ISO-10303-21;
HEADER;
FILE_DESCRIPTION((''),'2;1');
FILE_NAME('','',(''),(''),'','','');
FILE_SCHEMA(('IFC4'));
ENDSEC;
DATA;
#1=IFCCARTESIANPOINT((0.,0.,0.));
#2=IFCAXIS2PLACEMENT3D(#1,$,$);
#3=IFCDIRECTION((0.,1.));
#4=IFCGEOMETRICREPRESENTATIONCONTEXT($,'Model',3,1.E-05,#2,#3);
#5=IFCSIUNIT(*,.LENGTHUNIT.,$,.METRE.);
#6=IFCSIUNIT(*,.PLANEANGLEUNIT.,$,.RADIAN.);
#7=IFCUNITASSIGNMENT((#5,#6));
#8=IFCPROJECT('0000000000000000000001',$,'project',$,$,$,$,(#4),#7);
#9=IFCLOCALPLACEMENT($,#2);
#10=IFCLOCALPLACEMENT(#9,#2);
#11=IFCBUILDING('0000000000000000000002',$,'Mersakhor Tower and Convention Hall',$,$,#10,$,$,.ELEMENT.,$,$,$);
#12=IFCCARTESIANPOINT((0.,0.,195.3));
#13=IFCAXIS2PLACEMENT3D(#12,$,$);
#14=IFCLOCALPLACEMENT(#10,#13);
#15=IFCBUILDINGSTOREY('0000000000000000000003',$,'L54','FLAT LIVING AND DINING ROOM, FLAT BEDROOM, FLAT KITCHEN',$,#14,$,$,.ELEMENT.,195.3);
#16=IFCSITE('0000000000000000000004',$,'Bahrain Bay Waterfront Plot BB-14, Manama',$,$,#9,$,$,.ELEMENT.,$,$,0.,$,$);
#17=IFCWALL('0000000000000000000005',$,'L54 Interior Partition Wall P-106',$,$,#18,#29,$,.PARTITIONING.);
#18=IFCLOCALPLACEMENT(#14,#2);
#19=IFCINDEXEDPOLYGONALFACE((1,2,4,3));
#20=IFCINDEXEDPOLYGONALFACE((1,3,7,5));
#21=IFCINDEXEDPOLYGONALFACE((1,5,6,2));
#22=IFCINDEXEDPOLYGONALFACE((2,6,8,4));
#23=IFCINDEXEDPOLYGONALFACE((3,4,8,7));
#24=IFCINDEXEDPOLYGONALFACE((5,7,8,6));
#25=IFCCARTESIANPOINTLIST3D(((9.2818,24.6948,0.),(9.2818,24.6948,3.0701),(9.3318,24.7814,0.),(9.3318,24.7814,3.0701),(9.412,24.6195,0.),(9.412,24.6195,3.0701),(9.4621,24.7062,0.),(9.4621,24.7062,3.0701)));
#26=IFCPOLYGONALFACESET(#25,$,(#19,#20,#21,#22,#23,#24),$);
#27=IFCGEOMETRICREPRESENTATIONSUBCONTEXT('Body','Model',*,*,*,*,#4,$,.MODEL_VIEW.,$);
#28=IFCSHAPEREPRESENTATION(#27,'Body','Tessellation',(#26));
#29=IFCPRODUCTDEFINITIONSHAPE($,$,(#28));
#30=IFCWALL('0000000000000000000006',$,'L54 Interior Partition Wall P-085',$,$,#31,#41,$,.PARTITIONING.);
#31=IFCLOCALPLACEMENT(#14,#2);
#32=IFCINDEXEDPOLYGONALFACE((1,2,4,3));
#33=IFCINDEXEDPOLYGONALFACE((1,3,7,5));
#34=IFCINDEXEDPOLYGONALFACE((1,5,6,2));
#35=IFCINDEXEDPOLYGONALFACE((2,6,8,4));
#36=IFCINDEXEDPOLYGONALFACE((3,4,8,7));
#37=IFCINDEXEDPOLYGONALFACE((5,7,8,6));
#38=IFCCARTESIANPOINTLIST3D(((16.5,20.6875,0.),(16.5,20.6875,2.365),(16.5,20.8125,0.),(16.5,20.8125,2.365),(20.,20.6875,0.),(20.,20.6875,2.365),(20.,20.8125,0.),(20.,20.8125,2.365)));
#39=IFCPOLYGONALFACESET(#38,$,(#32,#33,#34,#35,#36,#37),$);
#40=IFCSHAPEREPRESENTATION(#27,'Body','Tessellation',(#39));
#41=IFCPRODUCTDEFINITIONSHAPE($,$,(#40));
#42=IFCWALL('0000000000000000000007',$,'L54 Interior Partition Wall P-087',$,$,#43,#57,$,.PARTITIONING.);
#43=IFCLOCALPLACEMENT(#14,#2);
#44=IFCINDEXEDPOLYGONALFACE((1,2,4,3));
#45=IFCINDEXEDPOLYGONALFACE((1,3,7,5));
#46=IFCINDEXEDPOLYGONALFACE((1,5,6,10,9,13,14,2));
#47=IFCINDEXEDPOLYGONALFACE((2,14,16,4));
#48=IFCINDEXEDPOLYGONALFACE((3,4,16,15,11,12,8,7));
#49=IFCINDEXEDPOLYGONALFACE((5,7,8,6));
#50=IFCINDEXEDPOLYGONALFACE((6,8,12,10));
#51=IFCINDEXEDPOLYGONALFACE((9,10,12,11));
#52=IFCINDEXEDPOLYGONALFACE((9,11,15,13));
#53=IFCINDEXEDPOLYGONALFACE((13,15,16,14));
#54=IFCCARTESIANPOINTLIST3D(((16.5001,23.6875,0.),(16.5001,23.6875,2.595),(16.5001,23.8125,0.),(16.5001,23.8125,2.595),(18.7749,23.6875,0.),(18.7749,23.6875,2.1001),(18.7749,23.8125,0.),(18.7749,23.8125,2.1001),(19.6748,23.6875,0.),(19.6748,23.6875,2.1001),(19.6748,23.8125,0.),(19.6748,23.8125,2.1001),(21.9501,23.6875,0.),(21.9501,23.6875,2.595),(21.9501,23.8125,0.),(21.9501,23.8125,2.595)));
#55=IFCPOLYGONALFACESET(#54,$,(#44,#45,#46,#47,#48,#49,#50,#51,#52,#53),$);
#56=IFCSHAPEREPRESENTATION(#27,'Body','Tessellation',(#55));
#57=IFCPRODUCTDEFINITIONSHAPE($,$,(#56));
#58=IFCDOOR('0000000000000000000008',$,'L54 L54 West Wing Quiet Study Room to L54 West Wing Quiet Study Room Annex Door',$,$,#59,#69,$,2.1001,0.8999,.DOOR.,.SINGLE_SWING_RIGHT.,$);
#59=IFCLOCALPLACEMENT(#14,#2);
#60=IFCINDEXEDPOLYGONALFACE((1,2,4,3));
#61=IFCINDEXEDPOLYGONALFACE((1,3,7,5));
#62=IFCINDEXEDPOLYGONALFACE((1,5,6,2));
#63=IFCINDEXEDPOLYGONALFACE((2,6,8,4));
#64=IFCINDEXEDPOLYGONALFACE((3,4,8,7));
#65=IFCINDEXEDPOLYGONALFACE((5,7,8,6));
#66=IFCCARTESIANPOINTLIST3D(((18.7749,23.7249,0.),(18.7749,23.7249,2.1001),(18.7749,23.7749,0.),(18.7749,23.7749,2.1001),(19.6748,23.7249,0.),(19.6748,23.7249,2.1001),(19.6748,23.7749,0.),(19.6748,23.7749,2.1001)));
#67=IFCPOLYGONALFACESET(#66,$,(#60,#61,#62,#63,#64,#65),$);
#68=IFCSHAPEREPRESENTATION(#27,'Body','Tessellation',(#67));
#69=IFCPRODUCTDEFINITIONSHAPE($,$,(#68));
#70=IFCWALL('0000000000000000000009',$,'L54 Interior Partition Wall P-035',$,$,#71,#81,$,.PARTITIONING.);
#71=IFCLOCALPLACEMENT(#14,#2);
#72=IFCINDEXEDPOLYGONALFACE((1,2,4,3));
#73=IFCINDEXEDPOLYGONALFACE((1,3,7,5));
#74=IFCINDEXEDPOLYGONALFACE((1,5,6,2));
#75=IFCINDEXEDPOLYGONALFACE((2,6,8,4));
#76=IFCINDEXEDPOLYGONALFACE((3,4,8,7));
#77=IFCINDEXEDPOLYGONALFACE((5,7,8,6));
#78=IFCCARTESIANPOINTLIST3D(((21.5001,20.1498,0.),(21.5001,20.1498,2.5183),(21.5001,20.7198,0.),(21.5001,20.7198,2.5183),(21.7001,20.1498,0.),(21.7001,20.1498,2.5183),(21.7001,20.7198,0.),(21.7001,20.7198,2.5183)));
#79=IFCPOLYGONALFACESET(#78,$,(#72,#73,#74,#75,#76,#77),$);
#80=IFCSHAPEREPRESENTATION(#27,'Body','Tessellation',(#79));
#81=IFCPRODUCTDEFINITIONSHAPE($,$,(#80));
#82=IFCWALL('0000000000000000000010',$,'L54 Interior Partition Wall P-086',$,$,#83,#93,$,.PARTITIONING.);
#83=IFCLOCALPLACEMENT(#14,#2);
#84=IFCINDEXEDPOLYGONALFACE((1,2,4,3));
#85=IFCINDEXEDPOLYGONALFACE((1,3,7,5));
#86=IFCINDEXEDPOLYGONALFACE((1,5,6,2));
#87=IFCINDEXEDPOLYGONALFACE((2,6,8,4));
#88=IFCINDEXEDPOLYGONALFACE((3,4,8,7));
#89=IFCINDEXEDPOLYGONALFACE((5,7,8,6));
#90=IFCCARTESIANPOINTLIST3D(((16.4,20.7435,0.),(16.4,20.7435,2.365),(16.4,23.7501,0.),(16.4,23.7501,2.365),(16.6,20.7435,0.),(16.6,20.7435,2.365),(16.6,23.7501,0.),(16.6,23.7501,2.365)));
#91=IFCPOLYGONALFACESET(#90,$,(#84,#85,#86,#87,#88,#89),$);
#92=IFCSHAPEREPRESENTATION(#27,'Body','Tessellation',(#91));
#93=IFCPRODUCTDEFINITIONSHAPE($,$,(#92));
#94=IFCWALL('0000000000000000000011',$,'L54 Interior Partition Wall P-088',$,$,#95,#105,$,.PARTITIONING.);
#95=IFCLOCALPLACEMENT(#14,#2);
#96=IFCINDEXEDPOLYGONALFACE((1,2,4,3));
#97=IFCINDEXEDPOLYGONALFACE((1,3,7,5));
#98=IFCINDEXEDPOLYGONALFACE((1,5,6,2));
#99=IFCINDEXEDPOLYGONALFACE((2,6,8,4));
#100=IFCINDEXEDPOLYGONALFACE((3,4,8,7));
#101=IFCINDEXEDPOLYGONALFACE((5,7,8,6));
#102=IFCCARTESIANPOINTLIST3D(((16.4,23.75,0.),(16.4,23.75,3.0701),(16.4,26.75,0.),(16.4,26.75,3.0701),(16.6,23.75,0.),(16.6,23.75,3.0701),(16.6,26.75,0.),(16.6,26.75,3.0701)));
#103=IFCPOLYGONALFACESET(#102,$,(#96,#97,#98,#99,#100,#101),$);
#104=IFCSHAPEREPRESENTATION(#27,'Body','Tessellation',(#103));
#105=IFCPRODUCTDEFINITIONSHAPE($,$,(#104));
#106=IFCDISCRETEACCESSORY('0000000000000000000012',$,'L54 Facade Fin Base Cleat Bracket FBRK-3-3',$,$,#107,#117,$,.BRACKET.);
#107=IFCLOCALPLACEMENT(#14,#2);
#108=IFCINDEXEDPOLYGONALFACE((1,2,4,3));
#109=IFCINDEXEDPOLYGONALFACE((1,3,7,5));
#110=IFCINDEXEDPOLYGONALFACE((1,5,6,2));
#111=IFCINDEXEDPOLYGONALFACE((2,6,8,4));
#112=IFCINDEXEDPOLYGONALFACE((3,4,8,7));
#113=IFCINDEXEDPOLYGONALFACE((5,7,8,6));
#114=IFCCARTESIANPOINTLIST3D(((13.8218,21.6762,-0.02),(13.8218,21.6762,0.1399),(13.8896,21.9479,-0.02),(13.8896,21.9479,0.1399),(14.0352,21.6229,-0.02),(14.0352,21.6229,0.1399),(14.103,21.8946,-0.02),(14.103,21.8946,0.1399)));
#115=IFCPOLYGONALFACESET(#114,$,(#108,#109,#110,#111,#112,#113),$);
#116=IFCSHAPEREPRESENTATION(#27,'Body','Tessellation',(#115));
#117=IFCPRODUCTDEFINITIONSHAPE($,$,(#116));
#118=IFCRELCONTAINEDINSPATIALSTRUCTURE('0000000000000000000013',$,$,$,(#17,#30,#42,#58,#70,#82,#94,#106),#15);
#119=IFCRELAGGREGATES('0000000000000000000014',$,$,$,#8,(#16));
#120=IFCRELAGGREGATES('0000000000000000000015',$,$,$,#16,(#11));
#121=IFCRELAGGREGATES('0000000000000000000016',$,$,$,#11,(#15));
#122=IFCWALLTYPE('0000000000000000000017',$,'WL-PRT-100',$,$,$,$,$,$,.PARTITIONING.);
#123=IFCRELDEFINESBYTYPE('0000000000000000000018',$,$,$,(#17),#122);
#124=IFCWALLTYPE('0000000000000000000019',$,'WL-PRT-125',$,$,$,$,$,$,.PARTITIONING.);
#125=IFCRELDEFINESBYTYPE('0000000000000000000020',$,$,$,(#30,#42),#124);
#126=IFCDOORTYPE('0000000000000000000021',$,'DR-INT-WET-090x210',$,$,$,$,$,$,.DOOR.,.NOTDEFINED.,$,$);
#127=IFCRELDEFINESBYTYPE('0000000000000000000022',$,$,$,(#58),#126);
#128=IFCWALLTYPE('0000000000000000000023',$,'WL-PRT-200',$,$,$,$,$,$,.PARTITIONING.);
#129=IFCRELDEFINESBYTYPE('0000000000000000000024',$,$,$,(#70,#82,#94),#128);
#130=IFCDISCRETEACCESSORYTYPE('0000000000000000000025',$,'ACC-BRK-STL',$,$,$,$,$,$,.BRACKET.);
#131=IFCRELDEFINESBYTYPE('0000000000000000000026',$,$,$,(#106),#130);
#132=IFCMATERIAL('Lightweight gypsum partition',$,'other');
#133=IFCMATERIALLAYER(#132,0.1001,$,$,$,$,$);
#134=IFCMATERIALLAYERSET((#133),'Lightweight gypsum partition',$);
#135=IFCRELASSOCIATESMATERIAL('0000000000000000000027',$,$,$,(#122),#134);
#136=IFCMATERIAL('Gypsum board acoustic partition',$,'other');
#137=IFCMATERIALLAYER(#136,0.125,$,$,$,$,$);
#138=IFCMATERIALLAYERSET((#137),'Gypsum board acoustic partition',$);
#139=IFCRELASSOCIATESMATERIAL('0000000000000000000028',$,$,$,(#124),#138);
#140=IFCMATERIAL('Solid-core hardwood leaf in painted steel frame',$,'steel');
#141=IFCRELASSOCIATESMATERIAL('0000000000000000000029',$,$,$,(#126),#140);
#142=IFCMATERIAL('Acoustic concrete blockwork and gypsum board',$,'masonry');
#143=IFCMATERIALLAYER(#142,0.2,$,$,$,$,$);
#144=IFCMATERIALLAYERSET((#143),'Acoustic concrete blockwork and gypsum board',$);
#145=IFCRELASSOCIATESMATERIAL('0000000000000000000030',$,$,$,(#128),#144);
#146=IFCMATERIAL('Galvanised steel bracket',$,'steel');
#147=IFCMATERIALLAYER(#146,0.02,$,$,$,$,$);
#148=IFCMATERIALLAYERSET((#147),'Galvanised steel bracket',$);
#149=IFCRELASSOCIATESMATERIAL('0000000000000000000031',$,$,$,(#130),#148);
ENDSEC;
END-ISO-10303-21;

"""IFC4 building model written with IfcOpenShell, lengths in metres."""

from ifc_helpers import new_model, si_unit, direction, frame, frame_2d, origin, origin_2d, place, context, subcontext, project, spatial, rectangle, extrude, material, layer, layer_set, type_object, element, fill, save


model = new_model("IFC4")

# Units and contexts
model_context = context("Model", 3, precision=1e-05, world=origin(), true_north=direction((0.0, 1.0)))
body_context = subcontext(model_context, "Body", "Model", "MODEL_VIEW")
ifc_project = project(units=[si_unit("LENGTHUNIT", "METRE"), si_unit("PLANEANGLEUNIT", "RADIAN")], contexts=[model_context])

# Site, building, storey
site_placement = place(None, origin())
site = spatial("IfcSite", under=ifc_project, at=site_placement, Name="Bahrain Bay Waterfront Plot BB-14, Manama", CompositionType="ELEMENT", RefElevation=0.0)
building_placement = place(site_placement, origin())
building = spatial("IfcBuilding", under=site, at=building_placement, Name="Mersakhor Tower and Convention Hall", CompositionType="ELEMENT")
storey_placement = place(building_placement, frame((0.0, 0.0, 195.3)))
storey = spatial("IfcBuildingStorey", under=building, at=storey_placement, Name="L54", Description="FLAT LIVING AND DINING ROOM, FLAT BEDROOM, FLAT KITCHEN", CompositionType="ELEMENT", Elevation=195.3)

# Walls
ifc_material_1 = material(Name="Lightweight gypsum partition", Category="other")
ifc_layer_1 = layer(ifc_material_1, 0.1001)
ifc_layer_set_1 = layer_set([ifc_layer_1], Name="Lightweight gypsum partition")
wall_type_1 = type_object("IfcWallType", Name="WL-PRT-100", PredefinedType="PARTITIONING", material=ifc_layer_set_1)
wall_1_placement = place(storey_placement, frame((9.437, 24.6628, 0.0), z_axis=(0.0, 0.0, 1.0), x_axis=(-0.865834, 0.500332, 0.0)))
element("IfcWall", 1, at=wall_1_placement, inside=storey, type_object=wall_type_1, Name="L54 Interior Partition Wall P-106", PredefinedType="PARTITIONING", context=body_context, shape_type="SweptSolid", body=[
    extrude(rectangle(XDim=0.1504, YDim=0.1001, at=frame_2d((0.0752, 0.0))), origin(), (0.0, 0.0, 1.0), 3.0701),
])
ifc_material_2 = material(Name="Gypsum board acoustic partition", Category="other")
ifc_layer_2 = layer(ifc_material_2, 0.125)
ifc_layer_set_2 = layer_set([ifc_layer_2], Name="Gypsum board acoustic partition")
wall_type_2 = type_object("IfcWallType", Name="WL-PRT-125", PredefinedType="PARTITIONING", material=ifc_layer_set_2)
wall_2_placement = place(storey_placement, frame((20.0, 20.75, 0.0), z_axis=(0.0, 0.0, 1.0), x_axis=(-1.0, 0.0, 0.0)))
element("IfcWall", 2, at=wall_2_placement, inside=storey, type_object=wall_type_2, Name="L54 Interior Partition Wall P-085", PredefinedType="PARTITIONING", context=body_context, shape_type="SweptSolid", body=[
    extrude(rectangle(XDim=3.5, YDim=0.125, at=frame_2d((1.75, 0.0))), origin(), (0.0, 0.0, 1.0), 2.365),
])

# Wall, opening, door
wall_3_placement = place(storey_placement, frame((16.5, 23.75, 0.0), z_axis=(0.0, 0.0, 1.0), x_axis=(1.0, 0.0, 0.0)))
wall_3 = element("IfcWall", 3, at=wall_3_placement, inside=storey, type_object=wall_type_2, Name="L54 Interior Partition Wall P-087", PredefinedType="PARTITIONING", context=body_context, shape_type="SweptSolid", body=[
    extrude(rectangle(XDim=5.45, YDim=0.125, at=frame_2d((2.7251, 0.0))), origin(), (0.0, 0.0, 1.0), 2.595),
])
opening_1_placement = place(wall_3_placement, frame((2.2749, 0.0, 0.0)))
opening_1 = element("IfcOpeningElement", 4, at=opening_1_placement, cuts=wall_3, PredefinedType="OPENING", context=body_context, shape_type="SweptSolid", body=[
    extrude(rectangle(XDim=0.8999, YDim=2.1001, at=frame_2d((0.45, 1.05))), frame((0.0, 0.0725, 0.0), z_axis=(0.0, -1.0, 0.0), x_axis=(1.0, 0.0, 0.0)), (0.0, 0.0, 1.0), 0.145),
])
ifc_material_3 = material(Name="Solid-core hardwood leaf in painted steel frame", Category="steel")
door_type_1 = type_object("IfcDoorType", Name="DR-INT-WET-090x210", OperationType="NOTDEFINED", PredefinedType="DOOR", material=ifc_material_3)
door_1_placement = place(opening_1_placement, origin())
door_1 = element("IfcDoor", 5, at=door_1_placement, inside=storey, type_object=door_type_1, Name="L54 L54 West Wing Quiet Study Room to L54 West Wing Quiet Study Room Annex Door", OperationType="SINGLE_SWING_RIGHT", OverallHeight=2.1001, OverallWidth=0.8999, PredefinedType="DOOR", context=body_context, shape_type="SweptSolid", body=[
    extrude(rectangle(XDim=0.8999, YDim=2.1001, at=frame_2d((0.45, 1.05))), frame((0.0, 0.0249, 0.0), z_axis=(0.0, -1.0, 0.0), x_axis=(1.0, 0.0, 0.0)), (0.0, 0.0, 1.0), 0.05),
])
fill(opening_1, door_1)
ifc_material_4 = material(Name="Acoustic concrete blockwork and gypsum board", Category="masonry")
ifc_layer_3 = layer(ifc_material_4, 0.2)
ifc_layer_set_3 = layer_set([ifc_layer_3], Name="Acoustic concrete blockwork and gypsum board")
wall_type_3 = type_object("IfcWallType", Name="WL-PRT-200", PredefinedType="PARTITIONING", material=ifc_layer_set_3)

# Walls
wall_4_placement = place(storey_placement, frame((21.6001, 20.72, 0.0), z_axis=(0.0, 0.0, 1.0), x_axis=(0.0, -1.0, 0.0)))
element("IfcWall", 6, at=wall_4_placement, inside=storey, type_object=wall_type_3, Name="L54 Interior Partition Wall P-035", PredefinedType="PARTITIONING", context=body_context, shape_type="SweptSolid", body=[
    extrude(rectangle(XDim=0.5701, YDim=0.2, at=frame_2d((0.2852, 0.0))), origin(), (0.0, 0.0, 1.0), 2.5183),
])
wall_5_placement = place(storey_placement, frame((16.5, 20.7434, 0.0), z_axis=(0.0, 0.0, 1.0), x_axis=(0.0, 1.0, 0.0)))
element("IfcWall", 7, at=wall_5_placement, inside=storey, type_object=wall_type_3, Name="L54 Interior Partition Wall P-086", PredefinedType="PARTITIONING", context=body_context, shape_type="SweptSolid", body=[
    extrude(rectangle(XDim=3.0066, YDim=0.2, at=frame_2d((1.5034, 0.0))), origin(), (0.0, 0.0, 1.0), 2.365),
])
wall_6_placement = place(storey_placement, frame((16.5, 23.75, 0.0), z_axis=(0.0, 0.0, 1.0), x_axis=(0.0, 1.0, 0.0)))
element("IfcWall", 8, at=wall_6_placement, inside=storey, type_object=wall_type_3, Name="L54 Interior Partition Wall P-088", PredefinedType="PARTITIONING", context=body_context, shape_type="SweptSolid", body=[
    extrude(rectangle(XDim=3.0, YDim=0.2, at=frame_2d((1.5, 0.0))), origin(), (0.0, 0.0, 1.0), 3.0701),
])

# Discrete accessory
ifc_material_5 = material(Name="Galvanised steel bracket", Category="steel")
ifc_layer_4 = layer(ifc_material_5, 0.02)
ifc_layer_set_4 = layer_set([ifc_layer_4], Name="Galvanised steel bracket")
discrete_accessory_type = type_object("IfcDiscreteAccessoryType", Name="ACC-BRK-STL", PredefinedType="BRACKET", material=ifc_layer_set_4)
discrete_accessory_placement = place(storey_placement, frame((13.9624, 21.7854, -0.02), z_axis=(0.0, 0.0, 1.0), x_axis=(-0.241922, -0.970296, 0.0)))
element("IfcDiscreteAccessory", 9, at=discrete_accessory_placement, inside=storey, type_object=discrete_accessory_type, Name="L54 Facade Fin Base Cleat Bracket FBRK-3-3", PredefinedType="BRACKET", context=body_context, shape_type="SweptSolid", body=[
    extrude(rectangle(XDim=0.28, YDim=0.22, at=origin_2d()), origin(), (0.0, 0.0, 1.0), 0.1599),
])

save(model, "model.ifc")
